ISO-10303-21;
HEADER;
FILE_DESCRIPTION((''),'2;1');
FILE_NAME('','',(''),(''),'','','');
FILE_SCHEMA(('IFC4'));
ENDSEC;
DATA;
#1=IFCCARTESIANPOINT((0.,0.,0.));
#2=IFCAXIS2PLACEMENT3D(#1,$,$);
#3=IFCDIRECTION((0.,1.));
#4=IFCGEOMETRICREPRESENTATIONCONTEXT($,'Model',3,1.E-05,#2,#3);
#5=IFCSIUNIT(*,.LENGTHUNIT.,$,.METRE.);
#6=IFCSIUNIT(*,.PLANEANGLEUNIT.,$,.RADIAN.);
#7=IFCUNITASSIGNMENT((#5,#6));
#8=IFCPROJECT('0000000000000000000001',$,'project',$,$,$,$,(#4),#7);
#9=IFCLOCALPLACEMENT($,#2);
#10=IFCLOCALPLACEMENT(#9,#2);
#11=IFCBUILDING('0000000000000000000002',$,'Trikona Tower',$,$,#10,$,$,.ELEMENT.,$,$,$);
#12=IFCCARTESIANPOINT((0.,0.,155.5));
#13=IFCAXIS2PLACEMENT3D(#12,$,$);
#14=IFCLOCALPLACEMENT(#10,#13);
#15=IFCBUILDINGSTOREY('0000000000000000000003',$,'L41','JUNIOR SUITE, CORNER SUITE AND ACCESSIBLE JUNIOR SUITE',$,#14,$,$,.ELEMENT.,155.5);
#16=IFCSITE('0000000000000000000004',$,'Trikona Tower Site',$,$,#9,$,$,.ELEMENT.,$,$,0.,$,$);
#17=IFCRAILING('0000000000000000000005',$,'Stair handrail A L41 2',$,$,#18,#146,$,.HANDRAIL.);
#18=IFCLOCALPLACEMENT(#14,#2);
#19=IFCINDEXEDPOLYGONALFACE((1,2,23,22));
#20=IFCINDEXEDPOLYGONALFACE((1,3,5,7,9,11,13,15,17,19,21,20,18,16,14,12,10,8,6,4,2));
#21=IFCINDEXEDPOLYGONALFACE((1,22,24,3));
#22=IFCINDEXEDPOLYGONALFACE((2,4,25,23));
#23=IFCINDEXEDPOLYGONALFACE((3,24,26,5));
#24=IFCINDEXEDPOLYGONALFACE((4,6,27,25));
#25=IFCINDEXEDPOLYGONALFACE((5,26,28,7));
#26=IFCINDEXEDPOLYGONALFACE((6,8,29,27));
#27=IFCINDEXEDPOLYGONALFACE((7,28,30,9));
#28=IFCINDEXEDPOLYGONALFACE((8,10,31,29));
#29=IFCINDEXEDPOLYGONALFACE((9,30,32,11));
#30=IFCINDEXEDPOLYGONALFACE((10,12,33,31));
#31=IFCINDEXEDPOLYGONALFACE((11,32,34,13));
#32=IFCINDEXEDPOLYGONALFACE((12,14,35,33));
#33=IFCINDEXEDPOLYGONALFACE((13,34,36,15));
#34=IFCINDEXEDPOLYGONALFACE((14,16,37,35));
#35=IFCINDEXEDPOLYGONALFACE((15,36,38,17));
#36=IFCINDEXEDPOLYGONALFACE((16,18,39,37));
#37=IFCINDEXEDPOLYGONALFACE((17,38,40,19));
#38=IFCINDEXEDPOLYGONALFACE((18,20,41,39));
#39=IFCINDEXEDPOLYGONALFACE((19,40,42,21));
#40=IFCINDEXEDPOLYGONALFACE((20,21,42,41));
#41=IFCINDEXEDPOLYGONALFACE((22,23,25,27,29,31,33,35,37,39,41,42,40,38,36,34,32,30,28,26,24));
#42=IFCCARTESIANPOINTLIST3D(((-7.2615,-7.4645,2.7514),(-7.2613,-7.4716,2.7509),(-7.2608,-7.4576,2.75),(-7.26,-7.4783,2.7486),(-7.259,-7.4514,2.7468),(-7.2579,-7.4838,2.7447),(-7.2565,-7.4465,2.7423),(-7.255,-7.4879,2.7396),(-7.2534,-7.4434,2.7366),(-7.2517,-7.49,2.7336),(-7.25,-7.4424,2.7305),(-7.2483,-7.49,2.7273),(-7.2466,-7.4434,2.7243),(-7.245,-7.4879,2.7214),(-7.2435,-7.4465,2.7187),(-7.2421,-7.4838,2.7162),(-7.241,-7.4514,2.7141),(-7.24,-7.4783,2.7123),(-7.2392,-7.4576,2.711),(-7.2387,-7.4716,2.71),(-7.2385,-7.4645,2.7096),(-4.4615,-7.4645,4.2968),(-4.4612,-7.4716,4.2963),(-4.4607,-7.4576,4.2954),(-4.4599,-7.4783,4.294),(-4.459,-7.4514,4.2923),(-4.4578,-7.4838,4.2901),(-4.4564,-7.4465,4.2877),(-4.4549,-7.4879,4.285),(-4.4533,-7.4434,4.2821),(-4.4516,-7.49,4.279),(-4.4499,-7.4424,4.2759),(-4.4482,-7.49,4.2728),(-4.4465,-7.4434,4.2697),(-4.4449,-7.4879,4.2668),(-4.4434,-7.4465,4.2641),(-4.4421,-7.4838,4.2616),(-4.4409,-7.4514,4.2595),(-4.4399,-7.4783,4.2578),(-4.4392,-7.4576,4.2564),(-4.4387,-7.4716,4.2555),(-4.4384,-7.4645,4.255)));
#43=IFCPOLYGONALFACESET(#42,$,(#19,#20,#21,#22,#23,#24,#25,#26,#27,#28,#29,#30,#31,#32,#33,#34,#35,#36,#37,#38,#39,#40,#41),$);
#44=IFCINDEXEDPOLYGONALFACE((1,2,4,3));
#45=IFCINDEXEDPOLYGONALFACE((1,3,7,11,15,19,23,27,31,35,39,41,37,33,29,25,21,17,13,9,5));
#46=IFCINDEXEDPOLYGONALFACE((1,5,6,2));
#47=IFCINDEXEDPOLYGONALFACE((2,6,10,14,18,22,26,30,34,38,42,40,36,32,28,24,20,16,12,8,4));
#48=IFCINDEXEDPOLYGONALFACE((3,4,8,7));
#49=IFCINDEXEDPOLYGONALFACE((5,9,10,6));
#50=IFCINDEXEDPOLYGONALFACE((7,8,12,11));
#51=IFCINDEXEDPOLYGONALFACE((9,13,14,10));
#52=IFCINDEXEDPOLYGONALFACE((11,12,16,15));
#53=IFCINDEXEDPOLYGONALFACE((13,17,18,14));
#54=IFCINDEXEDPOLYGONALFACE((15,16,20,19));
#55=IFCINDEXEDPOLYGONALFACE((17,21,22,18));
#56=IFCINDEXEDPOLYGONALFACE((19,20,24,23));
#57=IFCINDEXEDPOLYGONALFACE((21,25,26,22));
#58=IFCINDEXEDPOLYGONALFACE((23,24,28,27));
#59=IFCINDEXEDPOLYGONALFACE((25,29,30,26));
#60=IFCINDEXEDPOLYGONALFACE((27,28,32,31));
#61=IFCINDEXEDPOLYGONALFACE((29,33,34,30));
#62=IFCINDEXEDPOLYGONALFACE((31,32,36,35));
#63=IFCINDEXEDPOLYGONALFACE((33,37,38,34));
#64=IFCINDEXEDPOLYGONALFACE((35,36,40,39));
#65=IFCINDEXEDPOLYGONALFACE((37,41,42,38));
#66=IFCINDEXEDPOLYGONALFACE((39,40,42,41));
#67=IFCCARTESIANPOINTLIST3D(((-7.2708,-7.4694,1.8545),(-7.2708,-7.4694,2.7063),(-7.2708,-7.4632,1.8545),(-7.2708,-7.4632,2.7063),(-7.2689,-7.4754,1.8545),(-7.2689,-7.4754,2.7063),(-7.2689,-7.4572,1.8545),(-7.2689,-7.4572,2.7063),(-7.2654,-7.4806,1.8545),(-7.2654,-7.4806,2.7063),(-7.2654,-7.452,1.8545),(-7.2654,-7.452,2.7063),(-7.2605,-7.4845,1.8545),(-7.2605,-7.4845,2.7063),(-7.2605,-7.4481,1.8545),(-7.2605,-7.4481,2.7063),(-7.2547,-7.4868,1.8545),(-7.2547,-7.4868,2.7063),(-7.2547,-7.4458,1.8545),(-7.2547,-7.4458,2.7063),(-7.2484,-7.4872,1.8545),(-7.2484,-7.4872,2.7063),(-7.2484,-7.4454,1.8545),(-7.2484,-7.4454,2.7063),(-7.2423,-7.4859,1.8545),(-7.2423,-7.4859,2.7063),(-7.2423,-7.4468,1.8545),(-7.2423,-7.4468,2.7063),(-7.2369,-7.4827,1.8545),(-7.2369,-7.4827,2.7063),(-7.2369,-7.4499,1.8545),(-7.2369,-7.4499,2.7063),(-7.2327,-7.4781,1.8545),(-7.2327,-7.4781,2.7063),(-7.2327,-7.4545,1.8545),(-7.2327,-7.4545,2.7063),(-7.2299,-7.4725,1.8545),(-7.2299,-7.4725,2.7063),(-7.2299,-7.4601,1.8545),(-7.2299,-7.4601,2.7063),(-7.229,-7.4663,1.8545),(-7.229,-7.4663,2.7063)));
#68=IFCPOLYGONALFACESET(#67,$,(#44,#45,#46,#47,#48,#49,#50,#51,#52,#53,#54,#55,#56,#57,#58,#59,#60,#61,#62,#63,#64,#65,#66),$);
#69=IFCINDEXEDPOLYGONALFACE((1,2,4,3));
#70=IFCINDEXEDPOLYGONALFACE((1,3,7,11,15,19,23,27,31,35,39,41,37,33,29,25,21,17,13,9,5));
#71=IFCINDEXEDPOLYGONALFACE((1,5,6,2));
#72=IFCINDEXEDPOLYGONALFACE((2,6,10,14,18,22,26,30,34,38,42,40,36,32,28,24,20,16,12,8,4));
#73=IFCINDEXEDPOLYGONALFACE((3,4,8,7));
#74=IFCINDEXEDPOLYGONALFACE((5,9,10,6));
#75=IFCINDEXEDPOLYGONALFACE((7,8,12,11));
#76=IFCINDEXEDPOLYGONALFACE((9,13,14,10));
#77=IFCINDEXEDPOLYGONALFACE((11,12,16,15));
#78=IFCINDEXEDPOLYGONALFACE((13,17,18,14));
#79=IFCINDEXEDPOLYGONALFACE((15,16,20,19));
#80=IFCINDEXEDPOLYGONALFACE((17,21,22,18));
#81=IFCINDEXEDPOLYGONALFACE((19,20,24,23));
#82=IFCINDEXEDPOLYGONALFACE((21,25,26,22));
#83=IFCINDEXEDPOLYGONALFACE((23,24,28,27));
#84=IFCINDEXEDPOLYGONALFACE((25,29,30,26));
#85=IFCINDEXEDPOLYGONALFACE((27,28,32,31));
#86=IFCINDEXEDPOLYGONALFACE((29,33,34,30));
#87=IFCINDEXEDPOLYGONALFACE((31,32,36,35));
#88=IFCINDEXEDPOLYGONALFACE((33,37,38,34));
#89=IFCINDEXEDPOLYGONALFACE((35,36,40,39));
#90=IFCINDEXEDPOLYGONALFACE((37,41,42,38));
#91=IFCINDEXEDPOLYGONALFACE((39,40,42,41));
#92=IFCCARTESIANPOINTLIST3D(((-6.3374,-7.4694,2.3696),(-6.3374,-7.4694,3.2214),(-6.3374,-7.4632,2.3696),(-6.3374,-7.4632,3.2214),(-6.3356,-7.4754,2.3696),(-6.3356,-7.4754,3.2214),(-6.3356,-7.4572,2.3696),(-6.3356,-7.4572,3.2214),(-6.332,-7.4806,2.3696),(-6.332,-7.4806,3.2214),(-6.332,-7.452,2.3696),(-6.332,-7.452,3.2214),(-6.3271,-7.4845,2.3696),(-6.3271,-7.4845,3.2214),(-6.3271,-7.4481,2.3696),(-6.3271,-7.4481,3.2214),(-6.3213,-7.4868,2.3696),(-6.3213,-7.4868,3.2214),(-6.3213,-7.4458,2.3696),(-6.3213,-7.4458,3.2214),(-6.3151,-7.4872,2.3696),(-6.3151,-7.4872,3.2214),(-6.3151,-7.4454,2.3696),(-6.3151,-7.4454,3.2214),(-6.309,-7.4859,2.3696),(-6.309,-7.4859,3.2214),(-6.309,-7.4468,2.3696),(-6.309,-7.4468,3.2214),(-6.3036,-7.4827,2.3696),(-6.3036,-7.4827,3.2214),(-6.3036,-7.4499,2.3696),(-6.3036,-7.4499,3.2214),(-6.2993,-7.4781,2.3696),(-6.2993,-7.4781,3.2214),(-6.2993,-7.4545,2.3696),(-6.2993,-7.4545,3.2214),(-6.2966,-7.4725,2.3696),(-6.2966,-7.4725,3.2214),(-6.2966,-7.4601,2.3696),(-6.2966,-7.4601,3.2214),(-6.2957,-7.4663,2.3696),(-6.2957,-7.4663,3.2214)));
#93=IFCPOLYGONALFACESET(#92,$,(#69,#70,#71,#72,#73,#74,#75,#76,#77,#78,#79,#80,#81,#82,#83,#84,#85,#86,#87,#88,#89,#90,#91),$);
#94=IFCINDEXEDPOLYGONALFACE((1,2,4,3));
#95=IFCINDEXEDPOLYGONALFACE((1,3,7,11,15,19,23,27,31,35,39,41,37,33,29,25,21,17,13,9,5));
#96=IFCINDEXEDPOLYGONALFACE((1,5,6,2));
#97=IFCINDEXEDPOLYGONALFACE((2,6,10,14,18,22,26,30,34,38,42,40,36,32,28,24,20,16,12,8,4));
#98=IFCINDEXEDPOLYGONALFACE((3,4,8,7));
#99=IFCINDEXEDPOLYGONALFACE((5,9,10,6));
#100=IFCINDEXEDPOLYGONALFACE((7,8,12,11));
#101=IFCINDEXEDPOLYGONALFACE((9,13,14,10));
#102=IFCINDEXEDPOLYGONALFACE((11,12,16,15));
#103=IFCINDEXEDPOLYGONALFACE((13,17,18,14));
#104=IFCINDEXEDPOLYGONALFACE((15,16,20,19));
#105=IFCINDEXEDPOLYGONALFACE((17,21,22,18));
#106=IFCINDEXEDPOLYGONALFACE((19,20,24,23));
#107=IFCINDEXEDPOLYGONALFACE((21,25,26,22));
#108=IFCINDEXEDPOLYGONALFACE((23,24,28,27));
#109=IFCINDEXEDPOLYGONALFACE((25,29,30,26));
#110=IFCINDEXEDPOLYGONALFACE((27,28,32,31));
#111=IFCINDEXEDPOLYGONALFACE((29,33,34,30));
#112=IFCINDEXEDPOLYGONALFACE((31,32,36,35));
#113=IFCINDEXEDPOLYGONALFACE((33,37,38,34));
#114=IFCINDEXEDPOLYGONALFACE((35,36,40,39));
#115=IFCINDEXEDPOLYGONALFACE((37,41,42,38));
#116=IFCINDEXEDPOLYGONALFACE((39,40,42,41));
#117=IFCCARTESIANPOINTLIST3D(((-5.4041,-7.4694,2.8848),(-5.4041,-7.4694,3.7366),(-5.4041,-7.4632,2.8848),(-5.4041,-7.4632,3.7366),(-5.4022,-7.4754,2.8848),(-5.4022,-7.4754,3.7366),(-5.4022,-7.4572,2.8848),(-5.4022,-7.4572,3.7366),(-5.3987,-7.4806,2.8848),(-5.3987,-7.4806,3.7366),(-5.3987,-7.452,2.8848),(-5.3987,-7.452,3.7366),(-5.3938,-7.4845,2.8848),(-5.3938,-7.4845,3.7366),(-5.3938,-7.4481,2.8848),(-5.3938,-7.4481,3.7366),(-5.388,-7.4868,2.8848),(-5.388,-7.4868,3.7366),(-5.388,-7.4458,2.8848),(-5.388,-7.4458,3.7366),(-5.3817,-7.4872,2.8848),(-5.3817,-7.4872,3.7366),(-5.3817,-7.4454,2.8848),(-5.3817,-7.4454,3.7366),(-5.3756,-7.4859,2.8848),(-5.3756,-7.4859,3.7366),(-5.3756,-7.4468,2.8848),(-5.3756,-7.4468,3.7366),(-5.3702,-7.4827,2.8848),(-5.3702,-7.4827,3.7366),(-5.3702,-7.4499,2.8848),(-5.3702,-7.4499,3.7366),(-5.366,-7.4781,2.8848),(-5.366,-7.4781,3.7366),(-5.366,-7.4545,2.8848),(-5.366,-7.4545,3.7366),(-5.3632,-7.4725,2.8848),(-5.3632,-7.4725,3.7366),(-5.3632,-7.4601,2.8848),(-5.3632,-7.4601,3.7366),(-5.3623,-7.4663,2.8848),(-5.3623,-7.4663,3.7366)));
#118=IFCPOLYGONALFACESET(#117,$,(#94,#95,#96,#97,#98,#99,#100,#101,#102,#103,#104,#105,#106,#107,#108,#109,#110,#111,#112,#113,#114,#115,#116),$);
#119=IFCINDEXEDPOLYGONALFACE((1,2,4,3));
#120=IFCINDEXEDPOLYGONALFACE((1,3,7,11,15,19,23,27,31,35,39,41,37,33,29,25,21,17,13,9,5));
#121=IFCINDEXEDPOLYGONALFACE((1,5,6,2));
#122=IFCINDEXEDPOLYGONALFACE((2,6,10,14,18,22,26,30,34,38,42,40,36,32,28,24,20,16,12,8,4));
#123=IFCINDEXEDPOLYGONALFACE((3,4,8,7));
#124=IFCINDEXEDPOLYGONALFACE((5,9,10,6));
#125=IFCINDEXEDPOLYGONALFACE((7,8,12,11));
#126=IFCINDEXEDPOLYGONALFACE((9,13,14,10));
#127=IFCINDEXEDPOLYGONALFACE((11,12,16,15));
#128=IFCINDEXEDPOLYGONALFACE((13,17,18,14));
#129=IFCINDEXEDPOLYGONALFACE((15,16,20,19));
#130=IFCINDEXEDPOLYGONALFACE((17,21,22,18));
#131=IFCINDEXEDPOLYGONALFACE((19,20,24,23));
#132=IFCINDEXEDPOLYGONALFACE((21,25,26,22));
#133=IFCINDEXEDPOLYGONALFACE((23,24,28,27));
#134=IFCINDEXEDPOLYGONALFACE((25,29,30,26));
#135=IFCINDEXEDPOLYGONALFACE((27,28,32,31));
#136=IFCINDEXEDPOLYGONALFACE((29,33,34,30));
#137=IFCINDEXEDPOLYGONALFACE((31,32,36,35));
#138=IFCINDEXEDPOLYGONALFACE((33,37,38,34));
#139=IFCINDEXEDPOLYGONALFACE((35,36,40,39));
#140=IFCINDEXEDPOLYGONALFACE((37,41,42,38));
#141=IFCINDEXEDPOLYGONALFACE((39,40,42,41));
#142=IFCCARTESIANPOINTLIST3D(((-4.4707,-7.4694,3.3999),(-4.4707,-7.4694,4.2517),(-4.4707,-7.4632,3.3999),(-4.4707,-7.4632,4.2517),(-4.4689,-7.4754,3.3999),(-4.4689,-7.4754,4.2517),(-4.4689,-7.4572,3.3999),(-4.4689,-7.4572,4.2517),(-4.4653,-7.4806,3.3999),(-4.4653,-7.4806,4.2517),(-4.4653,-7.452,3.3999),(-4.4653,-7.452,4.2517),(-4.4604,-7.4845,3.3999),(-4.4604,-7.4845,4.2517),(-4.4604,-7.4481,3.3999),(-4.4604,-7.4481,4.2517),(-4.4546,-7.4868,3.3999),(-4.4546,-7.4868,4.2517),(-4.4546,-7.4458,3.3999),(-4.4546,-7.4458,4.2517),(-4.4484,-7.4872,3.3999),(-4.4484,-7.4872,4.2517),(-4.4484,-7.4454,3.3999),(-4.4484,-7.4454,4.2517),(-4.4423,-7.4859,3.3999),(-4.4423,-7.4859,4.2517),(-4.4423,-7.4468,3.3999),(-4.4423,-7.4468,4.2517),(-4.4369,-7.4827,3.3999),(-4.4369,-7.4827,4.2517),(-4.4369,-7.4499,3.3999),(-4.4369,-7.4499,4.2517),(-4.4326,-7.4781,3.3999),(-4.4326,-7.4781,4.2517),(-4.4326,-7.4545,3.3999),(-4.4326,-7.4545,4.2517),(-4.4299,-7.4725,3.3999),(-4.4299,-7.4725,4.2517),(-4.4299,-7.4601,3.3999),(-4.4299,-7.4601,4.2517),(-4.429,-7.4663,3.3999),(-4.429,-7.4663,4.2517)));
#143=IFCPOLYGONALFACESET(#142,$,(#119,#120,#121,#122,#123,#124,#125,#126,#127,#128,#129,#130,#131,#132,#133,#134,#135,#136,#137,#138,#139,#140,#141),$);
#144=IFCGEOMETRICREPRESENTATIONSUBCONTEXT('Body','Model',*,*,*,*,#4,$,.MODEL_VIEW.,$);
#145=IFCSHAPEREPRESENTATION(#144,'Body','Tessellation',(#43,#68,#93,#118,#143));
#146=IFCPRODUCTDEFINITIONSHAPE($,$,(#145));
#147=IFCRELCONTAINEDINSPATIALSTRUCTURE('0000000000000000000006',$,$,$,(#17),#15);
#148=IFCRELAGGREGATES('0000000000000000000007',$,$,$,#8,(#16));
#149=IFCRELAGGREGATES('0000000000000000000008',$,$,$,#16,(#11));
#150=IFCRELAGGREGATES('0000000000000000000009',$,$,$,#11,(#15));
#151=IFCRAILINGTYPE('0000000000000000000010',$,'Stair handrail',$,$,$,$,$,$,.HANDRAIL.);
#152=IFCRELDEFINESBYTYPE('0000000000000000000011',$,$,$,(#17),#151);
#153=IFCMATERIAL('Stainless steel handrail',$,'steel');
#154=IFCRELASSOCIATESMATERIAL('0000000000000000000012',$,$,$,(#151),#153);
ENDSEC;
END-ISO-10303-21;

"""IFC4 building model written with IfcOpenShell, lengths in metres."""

from ifc_helpers import new_model, si_unit, direction, frame, origin, origin_2d, place, context, subcontext, project, spatial, circle, extrude, material, type_object, element, save


model = new_model("IFC4")

# Units and contexts
model_context = context("Model", 3, precision=1e-05, world=origin(), true_north=direction((0.0, 1.0)))
body_context = subcontext(model_context, "Body", "Model", "MODEL_VIEW")
ifc_project = project(units=[si_unit("LENGTHUNIT", "METRE"), si_unit("PLANEANGLEUNIT", "RADIAN")], contexts=[model_context])

# Site, building, storey
site_placement = place(None, origin())
site = spatial("IfcSite", under=ifc_project, at=site_placement, Name="Trikona Tower Site", CompositionType="ELEMENT", RefElevation=0.0)
building_placement = place(site_placement, origin())
building = spatial("IfcBuilding", under=site, at=building_placement, Name="Trikona Tower", CompositionType="ELEMENT")
storey_placement = place(building_placement, frame((0.0, 0.0, 155.5)))
storey = spatial("IfcBuildingStorey", under=building, at=storey_placement, Name="L41", Description="JUNIOR SUITE, CORNER SUITE AND ACCESSIBLE JUNIOR SUITE", CompositionType="ELEMENT", Elevation=155.5)

# Railing
ifc_material_1 = material(Name="Stainless steel handrail", Category="steel")
railing_type = type_object("IfcRailingType", Name="Stair handrail", PredefinedType="HANDRAIL", material=ifc_material_1)
railing_1_placement = place(storey_placement, frame((-7.25, -7.4663, 1.8545)))
element("IfcRailing", 1, at=railing_1_placement, inside=storey, type_object=railing_type, Name="Stair handrail A L41 2", PredefinedType="HANDRAIL", context=body_context, shape_type="SweptSolid", body=[
    extrude(circle(Radius=0.0239, at=origin_2d()), frame((0.0, 0.0, 0.876), z_axis=(0.875504, 0.0, 0.483211), x_axis=(0.0, 1.0, 0.0)), (0.0, 0.0, 1.0), 3.1982),
    extrude(circle(Radius=0.021, at=origin_2d()), origin(), (0.0, 0.0, 1.0), 0.8518),
    extrude(circle(Radius=0.021, at=origin_2d()), frame((0.9333, 0.0, 0.5151)), (0.0, 0.0, 1.0), 0.8518),
    extrude(circle(Radius=0.021, at=origin_2d()), frame((1.8667, 0.0, 1.0303)), (0.0, 0.0, 1.0), 0.8518),
    extrude(circle(Radius=0.021, at=origin_2d()), frame((2.8, 0.0, 1.5454)), (0.0, 0.0, 1.0), 0.8518),
])

save(model, "model.ifc")
